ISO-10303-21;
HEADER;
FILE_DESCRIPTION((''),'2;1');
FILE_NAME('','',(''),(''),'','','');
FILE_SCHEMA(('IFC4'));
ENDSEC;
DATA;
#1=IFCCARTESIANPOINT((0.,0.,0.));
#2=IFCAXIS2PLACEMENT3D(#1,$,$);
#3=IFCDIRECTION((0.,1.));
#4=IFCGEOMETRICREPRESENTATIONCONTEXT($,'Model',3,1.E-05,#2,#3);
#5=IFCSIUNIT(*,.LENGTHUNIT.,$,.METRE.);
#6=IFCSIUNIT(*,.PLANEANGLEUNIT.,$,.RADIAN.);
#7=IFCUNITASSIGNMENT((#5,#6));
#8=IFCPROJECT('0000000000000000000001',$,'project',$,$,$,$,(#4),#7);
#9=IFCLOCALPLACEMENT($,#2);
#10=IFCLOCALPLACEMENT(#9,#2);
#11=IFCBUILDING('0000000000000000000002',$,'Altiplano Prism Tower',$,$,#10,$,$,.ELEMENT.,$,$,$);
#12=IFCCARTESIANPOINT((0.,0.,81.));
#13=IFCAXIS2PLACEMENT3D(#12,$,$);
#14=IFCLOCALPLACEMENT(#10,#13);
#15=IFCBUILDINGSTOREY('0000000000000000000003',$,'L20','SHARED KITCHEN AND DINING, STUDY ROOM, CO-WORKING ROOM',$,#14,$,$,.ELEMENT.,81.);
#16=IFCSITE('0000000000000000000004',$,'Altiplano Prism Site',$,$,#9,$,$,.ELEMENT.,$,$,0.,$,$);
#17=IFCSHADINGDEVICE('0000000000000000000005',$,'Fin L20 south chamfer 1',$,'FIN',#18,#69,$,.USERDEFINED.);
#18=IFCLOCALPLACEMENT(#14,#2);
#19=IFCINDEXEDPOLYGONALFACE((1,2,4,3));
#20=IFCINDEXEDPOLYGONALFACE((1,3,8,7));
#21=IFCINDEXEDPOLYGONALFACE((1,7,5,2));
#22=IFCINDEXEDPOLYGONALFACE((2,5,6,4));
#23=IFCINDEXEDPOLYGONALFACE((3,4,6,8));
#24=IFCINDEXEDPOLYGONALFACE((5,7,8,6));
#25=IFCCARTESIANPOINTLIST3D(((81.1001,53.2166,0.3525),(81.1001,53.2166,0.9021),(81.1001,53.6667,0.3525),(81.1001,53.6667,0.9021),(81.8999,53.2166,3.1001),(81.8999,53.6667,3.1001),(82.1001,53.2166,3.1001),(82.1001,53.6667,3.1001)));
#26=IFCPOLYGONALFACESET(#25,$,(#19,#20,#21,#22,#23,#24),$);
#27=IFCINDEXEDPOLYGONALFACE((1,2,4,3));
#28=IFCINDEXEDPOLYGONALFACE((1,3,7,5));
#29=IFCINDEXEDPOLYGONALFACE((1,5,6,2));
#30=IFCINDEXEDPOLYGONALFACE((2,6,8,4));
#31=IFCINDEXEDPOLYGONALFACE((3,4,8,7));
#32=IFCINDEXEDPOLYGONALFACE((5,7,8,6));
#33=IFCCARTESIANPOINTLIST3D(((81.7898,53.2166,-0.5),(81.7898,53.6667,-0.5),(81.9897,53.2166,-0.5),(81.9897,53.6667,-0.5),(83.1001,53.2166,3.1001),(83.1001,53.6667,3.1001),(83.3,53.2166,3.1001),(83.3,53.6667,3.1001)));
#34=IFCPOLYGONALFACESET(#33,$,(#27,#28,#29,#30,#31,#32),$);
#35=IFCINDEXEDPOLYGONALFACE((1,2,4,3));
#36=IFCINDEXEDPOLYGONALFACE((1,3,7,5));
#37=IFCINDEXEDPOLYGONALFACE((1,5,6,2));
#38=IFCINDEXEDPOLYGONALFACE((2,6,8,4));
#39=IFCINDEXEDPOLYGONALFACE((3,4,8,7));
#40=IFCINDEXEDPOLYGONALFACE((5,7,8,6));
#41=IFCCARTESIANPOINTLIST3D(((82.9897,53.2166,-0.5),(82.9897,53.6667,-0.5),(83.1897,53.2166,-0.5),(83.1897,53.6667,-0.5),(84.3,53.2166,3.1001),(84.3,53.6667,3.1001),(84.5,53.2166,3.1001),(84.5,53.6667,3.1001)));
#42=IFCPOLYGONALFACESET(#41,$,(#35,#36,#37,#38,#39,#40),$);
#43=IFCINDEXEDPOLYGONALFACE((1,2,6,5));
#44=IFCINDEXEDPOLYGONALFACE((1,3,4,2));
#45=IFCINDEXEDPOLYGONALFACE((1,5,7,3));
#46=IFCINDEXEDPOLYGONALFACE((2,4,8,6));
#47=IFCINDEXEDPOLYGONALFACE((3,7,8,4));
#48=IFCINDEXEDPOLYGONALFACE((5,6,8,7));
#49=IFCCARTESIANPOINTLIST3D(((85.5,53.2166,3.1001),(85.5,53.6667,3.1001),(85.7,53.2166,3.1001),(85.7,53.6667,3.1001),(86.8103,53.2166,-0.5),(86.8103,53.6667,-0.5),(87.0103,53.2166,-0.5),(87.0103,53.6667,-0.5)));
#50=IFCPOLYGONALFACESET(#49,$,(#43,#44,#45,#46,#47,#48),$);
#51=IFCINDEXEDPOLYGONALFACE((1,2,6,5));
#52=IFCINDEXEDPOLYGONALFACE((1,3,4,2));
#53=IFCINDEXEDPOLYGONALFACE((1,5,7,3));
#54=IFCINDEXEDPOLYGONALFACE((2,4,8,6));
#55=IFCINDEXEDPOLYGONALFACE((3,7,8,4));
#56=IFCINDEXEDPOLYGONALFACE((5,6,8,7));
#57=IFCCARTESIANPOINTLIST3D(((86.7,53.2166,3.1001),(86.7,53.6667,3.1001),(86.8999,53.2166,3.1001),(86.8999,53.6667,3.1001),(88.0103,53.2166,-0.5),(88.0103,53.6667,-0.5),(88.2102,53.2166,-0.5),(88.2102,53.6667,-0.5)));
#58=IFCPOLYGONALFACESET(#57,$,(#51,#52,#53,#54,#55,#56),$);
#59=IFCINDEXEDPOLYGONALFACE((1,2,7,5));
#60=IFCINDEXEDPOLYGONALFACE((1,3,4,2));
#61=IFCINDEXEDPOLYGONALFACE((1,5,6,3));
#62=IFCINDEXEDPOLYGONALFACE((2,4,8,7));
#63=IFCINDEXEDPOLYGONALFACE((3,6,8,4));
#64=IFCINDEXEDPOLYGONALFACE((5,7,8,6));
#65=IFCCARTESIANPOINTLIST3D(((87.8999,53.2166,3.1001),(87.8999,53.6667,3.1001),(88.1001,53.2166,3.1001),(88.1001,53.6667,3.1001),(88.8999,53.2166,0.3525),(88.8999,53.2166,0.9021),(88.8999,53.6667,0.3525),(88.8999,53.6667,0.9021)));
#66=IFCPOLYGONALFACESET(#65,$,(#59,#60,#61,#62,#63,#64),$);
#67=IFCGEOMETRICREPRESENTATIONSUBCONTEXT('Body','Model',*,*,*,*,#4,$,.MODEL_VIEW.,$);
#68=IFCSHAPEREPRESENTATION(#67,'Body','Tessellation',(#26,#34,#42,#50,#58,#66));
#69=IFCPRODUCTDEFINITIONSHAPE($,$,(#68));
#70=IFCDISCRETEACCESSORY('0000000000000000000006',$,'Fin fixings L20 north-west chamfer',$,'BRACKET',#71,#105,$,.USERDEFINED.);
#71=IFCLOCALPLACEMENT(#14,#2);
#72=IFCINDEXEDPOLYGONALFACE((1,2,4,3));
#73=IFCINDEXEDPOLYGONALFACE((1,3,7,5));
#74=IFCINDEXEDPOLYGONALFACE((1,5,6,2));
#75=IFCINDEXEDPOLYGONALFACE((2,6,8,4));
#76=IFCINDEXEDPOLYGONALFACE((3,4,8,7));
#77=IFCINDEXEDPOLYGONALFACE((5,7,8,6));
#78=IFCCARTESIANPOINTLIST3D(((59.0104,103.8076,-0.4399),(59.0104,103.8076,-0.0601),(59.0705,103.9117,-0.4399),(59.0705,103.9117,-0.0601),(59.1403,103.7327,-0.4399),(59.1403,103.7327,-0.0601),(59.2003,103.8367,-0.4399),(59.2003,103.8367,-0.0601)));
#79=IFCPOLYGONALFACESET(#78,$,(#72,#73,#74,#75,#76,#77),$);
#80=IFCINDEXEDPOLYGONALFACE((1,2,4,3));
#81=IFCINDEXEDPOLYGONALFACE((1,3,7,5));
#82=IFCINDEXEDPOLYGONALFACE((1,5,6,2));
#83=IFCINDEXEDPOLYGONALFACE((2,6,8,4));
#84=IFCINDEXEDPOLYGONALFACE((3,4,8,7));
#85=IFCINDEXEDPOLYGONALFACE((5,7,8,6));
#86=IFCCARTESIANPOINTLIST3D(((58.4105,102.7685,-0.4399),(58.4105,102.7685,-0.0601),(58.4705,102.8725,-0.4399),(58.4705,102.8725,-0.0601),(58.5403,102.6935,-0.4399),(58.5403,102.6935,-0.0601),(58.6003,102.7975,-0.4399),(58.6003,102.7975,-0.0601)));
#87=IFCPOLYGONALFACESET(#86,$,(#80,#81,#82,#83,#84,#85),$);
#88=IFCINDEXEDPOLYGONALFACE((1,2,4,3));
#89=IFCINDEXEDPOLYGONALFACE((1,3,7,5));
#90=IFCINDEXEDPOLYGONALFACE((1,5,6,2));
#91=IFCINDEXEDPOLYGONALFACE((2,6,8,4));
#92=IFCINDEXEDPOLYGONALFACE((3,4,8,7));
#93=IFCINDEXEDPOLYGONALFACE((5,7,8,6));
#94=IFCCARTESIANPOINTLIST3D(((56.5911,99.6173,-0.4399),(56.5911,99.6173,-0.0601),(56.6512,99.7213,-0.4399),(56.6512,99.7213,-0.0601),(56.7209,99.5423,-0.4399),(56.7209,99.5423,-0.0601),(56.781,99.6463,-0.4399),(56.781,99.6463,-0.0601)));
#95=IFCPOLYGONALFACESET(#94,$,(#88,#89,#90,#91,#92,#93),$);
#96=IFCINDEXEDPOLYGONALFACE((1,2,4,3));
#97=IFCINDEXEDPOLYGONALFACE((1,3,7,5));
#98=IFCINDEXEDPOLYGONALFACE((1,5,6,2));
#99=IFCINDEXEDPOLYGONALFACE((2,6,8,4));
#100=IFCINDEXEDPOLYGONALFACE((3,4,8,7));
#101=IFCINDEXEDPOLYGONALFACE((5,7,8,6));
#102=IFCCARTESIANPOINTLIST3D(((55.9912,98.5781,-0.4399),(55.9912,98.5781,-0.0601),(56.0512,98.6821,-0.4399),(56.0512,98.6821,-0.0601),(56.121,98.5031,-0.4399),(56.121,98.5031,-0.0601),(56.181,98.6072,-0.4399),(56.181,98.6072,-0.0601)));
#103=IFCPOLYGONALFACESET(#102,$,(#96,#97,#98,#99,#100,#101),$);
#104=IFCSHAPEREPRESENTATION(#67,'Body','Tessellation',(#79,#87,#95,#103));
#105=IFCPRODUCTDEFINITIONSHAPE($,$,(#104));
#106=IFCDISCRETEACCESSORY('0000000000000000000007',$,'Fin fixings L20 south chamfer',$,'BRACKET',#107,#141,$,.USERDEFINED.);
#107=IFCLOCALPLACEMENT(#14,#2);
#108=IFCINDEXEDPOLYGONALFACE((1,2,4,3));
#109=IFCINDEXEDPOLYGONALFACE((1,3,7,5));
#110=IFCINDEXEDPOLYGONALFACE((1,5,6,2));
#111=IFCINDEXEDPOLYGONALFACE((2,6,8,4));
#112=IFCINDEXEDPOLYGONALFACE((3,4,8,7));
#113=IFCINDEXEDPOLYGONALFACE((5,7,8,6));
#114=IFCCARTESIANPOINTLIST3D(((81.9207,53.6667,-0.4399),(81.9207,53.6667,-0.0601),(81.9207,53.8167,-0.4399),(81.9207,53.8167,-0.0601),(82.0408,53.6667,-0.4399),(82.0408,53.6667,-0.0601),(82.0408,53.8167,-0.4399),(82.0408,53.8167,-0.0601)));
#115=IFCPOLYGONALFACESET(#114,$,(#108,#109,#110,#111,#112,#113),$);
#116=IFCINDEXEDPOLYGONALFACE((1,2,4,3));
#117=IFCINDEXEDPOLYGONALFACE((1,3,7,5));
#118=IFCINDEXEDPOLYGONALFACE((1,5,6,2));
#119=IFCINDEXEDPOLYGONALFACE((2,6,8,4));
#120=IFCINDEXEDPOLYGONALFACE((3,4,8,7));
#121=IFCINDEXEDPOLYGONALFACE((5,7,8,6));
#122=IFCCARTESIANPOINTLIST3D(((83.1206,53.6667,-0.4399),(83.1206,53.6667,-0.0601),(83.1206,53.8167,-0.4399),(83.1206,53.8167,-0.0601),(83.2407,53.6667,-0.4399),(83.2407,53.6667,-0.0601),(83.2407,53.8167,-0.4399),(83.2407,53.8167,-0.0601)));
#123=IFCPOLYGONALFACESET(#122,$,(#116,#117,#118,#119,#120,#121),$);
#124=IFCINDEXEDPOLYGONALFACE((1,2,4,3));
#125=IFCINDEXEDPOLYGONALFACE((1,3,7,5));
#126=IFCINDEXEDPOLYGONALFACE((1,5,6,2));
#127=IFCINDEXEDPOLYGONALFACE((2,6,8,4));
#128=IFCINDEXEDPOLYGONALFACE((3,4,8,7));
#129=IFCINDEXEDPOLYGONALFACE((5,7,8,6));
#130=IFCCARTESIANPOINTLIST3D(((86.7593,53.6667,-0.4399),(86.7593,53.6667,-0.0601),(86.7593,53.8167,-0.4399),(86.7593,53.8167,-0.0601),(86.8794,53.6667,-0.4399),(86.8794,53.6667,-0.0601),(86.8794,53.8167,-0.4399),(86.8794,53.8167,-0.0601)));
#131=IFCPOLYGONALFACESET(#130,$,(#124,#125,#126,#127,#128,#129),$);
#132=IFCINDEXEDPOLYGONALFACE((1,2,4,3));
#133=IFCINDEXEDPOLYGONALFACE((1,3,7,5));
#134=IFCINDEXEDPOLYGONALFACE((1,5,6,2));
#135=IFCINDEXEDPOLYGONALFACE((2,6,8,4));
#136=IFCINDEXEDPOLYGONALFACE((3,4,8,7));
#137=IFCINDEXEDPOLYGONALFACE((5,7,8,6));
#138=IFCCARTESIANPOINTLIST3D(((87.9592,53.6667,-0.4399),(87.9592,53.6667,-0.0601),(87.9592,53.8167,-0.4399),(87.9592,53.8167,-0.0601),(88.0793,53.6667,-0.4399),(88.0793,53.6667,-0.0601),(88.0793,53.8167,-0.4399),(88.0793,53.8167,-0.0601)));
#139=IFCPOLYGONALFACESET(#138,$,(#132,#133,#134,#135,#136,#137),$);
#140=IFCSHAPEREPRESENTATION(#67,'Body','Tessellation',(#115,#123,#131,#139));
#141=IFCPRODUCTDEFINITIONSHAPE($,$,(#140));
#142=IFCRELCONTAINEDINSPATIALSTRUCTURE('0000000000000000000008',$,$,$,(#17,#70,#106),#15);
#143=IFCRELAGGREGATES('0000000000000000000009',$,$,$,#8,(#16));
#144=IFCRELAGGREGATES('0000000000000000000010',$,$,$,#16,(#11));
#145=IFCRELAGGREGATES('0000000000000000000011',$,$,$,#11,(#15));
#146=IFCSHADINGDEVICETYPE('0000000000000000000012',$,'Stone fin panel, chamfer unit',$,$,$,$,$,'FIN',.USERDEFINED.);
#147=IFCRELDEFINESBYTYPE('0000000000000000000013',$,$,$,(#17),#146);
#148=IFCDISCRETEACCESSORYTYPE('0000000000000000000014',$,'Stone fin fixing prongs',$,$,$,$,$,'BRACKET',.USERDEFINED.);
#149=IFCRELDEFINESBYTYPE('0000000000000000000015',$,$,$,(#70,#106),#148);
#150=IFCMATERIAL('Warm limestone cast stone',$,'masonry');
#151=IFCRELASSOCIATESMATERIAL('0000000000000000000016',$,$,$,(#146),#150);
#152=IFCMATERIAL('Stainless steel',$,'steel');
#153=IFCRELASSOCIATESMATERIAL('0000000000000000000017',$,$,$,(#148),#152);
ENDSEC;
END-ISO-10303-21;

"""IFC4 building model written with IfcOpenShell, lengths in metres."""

from ifc_helpers import new_model, si_unit, direction, frame, origin, place, context, subcontext, project, spatial, polyline, outline, extrude, source, transform, mapped, material, type_object, element, save


model = new_model("IFC4")

# Units and contexts
model_context = context("Model", 3, precision=1e-05, world=origin(), true_north=direction((0.0, 1.0)))
body_context = subcontext(model_context, "Body", "Model", "MODEL_VIEW")
ifc_project = project(units=[si_unit("LENGTHUNIT", "METRE"), si_unit("PLANEANGLEUNIT", "RADIAN")], contexts=[model_context])

# Site, building, storey
site_placement = place(None, origin())
site = spatial("IfcSite", under=ifc_project, at=site_placement, Name="Altiplano Prism Site", CompositionType="ELEMENT", RefElevation=0.0)
building_placement = place(site_placement, origin())
building = spatial("IfcBuilding", under=site, at=building_placement, Name="Altiplano Prism Tower", CompositionType="ELEMENT")
storey_placement = place(building_placement, frame((0.0, 0.0, 81.0)))
storey = spatial("IfcBuildingStorey", under=building, at=storey_placement, Name="L20", Description="SHARED KITCHEN AND DINING, STUDY ROOM, CO-WORKING ROOM", CompositionType="ELEMENT", Elevation=81.0)

# Shading device
ifc_material_1 = material(Name="Warm limestone cast stone", Category="masonry")
shading_device_type_1 = type_object("IfcShadingDeviceType", Name="Stone fin panel, chamfer unit", ElementType="FIN", PredefinedType="USERDEFINED", material=ifc_material_1)
shared_shape_1 = source(origin(), body_context, "Body", "SweptSolid", [
    extrude(outline(polyline([(-3.8999, 0.8525), (-2.8999, 3.6001), (-3.1001, 3.6001), (-3.8999, 1.4021), (-3.8999, 0.8525)])), frame((0.0, -0.1499, 0.0), z_axis=(0.0, -1.0, 0.0), x_axis=(1.0, 0.0, 0.0)), (0.0, 0.0, 1.0), 0.4502),
    extrude(outline(polyline([(-3.2102, 0.0), (-3.0103, 0.0), (-1.7, 3.6001), (-1.8999, 3.6001), (-3.2102, 0.0)])), frame((0.0, -0.1499, 0.0), z_axis=(0.0, -1.0, 0.0), x_axis=(1.0, 0.0, 0.0)), (0.0, 0.0, 1.0), 0.4502),
    extrude(outline(polyline([(-2.0103, 0.0), (-1.8103, 0.0), (-0.5, 3.6001), (-0.7, 3.6001), (-2.0103, 0.0)])), frame((0.0, -0.1499, 0.0), z_axis=(0.0, -1.0, 0.0), x_axis=(1.0, 0.0, 0.0)), (0.0, 0.0, 1.0), 0.4502),
    extrude(outline(polyline([(1.8103, 0.0), (2.0103, 0.0), (0.7, 3.6001), (0.5, 3.6001), (1.8103, 0.0)])), frame((0.0, -0.1499, 0.0), z_axis=(0.0, -1.0, 0.0), x_axis=(1.0, 0.0, 0.0)), (0.0, 0.0, 1.0), 0.4502),
    extrude(outline(polyline([(3.0103, 0.0), (3.2102, 0.0), (1.8999, 3.6001), (1.7, 3.6001), (3.0103, 0.0)])), frame((0.0, -0.1499, 0.0), z_axis=(0.0, -1.0, 0.0), x_axis=(1.0, 0.0, 0.0)), (0.0, 0.0, 1.0), 0.4502),
    extrude(outline(polyline([(3.8999, 1.4021), (3.1001, 3.6001), (2.8999, 3.6001), (3.8999, 0.8525), (3.8999, 1.4021)])), frame((0.0, -0.1499, 0.0), z_axis=(0.0, -1.0, 0.0), x_axis=(1.0, 0.0, 0.0)), (0.0, 0.0, 1.0), 0.4502),
])
shading_device_1_placement = place(storey_placement, origin())
element("IfcShadingDevice", 1, at=shading_device_1_placement, inside=storey, type_object=shading_device_type_1, Name="Fin L20 south chamfer 1", ObjectType="FIN", PredefinedType="USERDEFINED", context=body_context, shape_type="MappedRepresentation", body=[
    mapped(shared_shape_1, transform((85.0, 53.8167, -0.5), x_axis=(1.0, 0.0, 0.0), y_axis=(0.0, 1.0, 0.0), z_axis=(0.0, 0.0, 1.0))),
])

# Discrete accessories
ifc_material_2 = material(Name="Stainless steel", Category="steel")
discrete_accessory_type = type_object("IfcDiscreteAccessoryType", Name="Stone fin fixing prongs", ElementType="BRACKET", PredefinedType="USERDEFINED", material=ifc_material_2)
shared_shape_2 = source(origin(), body_context, "Body", "SweptSolid", [
    extrude(outline(polyline([(-3.0793, 0.0601), (-2.9592, 0.0601), (-2.9592, 0.4399), (-3.0793, 0.4399), (-3.0793, 0.0601)])), frame((0.0, 0.0, 0.0), z_axis=(0.0, -1.0, 0.0), x_axis=(1.0, 0.0, 0.0)), (0.0, 0.0, 1.0), 0.1499),
    extrude(outline(polyline([(-1.8794, 0.0601), (-1.7593, 0.0601), (-1.7593, 0.4399), (-1.8794, 0.4399), (-1.8794, 0.0601)])), frame((0.0, 0.0, 0.0), z_axis=(0.0, -1.0, 0.0), x_axis=(1.0, 0.0, 0.0)), (0.0, 0.0, 1.0), 0.1499),
    extrude(outline(polyline([(1.7593, 0.0601), (1.8794, 0.0601), (1.8794, 0.4399), (1.7593, 0.4399), (1.7593, 0.0601)])), frame((0.0, 0.0, 0.0), z_axis=(0.0, -1.0, 0.0), x_axis=(1.0, 0.0, 0.0)), (0.0, 0.0, 1.0), 0.1499),
    extrude(outline(polyline([(2.9592, 0.0601), (3.0793, 0.0601), (3.0793, 0.4399), (2.9592, 0.4399), (2.9592, 0.0601)])), frame((0.0, 0.0, 0.0), z_axis=(0.0, -1.0, 0.0), x_axis=(1.0, 0.0, 0.0)), (0.0, 0.0, 1.0), 0.1499),
])
discrete_accessory_1_placement = place(storey_placement, origin())
element("IfcDiscreteAccessory", 2, at=discrete_accessory_1_placement, inside=storey, type_object=discrete_accessory_type, Name="Fin fixings L20 north-west chamfer", ObjectType="BRACKET", PredefinedType="USERDEFINED", context=body_context, shape_type="MappedRepresentation", body=[
    mapped(shared_shape_2, transform((57.6606, 101.1699, -0.5), x_axis=(-0.5, -0.866025, 0.0), y_axis=(0.866025, -0.5, 0.0), z_axis=(0.0, 0.0, 1.0))),
])
discrete_accessory_2_placement = place(storey_placement, origin())
element("IfcDiscreteAccessory", 3, at=discrete_accessory_2_placement, inside=storey, type_object=discrete_accessory_type, Name="Fin fixings L20 south chamfer", ObjectType="BRACKET", PredefinedType="USERDEFINED", context=body_context, shape_type="MappedRepresentation", body=[
    mapped(shared_shape_2, transform((85.0, 53.8167, -0.5), x_axis=(1.0, 0.0, 0.0), y_axis=(0.0, 1.0, 0.0), z_axis=(0.0, 0.0, 1.0))),
])

save(model, "model.ifc")
